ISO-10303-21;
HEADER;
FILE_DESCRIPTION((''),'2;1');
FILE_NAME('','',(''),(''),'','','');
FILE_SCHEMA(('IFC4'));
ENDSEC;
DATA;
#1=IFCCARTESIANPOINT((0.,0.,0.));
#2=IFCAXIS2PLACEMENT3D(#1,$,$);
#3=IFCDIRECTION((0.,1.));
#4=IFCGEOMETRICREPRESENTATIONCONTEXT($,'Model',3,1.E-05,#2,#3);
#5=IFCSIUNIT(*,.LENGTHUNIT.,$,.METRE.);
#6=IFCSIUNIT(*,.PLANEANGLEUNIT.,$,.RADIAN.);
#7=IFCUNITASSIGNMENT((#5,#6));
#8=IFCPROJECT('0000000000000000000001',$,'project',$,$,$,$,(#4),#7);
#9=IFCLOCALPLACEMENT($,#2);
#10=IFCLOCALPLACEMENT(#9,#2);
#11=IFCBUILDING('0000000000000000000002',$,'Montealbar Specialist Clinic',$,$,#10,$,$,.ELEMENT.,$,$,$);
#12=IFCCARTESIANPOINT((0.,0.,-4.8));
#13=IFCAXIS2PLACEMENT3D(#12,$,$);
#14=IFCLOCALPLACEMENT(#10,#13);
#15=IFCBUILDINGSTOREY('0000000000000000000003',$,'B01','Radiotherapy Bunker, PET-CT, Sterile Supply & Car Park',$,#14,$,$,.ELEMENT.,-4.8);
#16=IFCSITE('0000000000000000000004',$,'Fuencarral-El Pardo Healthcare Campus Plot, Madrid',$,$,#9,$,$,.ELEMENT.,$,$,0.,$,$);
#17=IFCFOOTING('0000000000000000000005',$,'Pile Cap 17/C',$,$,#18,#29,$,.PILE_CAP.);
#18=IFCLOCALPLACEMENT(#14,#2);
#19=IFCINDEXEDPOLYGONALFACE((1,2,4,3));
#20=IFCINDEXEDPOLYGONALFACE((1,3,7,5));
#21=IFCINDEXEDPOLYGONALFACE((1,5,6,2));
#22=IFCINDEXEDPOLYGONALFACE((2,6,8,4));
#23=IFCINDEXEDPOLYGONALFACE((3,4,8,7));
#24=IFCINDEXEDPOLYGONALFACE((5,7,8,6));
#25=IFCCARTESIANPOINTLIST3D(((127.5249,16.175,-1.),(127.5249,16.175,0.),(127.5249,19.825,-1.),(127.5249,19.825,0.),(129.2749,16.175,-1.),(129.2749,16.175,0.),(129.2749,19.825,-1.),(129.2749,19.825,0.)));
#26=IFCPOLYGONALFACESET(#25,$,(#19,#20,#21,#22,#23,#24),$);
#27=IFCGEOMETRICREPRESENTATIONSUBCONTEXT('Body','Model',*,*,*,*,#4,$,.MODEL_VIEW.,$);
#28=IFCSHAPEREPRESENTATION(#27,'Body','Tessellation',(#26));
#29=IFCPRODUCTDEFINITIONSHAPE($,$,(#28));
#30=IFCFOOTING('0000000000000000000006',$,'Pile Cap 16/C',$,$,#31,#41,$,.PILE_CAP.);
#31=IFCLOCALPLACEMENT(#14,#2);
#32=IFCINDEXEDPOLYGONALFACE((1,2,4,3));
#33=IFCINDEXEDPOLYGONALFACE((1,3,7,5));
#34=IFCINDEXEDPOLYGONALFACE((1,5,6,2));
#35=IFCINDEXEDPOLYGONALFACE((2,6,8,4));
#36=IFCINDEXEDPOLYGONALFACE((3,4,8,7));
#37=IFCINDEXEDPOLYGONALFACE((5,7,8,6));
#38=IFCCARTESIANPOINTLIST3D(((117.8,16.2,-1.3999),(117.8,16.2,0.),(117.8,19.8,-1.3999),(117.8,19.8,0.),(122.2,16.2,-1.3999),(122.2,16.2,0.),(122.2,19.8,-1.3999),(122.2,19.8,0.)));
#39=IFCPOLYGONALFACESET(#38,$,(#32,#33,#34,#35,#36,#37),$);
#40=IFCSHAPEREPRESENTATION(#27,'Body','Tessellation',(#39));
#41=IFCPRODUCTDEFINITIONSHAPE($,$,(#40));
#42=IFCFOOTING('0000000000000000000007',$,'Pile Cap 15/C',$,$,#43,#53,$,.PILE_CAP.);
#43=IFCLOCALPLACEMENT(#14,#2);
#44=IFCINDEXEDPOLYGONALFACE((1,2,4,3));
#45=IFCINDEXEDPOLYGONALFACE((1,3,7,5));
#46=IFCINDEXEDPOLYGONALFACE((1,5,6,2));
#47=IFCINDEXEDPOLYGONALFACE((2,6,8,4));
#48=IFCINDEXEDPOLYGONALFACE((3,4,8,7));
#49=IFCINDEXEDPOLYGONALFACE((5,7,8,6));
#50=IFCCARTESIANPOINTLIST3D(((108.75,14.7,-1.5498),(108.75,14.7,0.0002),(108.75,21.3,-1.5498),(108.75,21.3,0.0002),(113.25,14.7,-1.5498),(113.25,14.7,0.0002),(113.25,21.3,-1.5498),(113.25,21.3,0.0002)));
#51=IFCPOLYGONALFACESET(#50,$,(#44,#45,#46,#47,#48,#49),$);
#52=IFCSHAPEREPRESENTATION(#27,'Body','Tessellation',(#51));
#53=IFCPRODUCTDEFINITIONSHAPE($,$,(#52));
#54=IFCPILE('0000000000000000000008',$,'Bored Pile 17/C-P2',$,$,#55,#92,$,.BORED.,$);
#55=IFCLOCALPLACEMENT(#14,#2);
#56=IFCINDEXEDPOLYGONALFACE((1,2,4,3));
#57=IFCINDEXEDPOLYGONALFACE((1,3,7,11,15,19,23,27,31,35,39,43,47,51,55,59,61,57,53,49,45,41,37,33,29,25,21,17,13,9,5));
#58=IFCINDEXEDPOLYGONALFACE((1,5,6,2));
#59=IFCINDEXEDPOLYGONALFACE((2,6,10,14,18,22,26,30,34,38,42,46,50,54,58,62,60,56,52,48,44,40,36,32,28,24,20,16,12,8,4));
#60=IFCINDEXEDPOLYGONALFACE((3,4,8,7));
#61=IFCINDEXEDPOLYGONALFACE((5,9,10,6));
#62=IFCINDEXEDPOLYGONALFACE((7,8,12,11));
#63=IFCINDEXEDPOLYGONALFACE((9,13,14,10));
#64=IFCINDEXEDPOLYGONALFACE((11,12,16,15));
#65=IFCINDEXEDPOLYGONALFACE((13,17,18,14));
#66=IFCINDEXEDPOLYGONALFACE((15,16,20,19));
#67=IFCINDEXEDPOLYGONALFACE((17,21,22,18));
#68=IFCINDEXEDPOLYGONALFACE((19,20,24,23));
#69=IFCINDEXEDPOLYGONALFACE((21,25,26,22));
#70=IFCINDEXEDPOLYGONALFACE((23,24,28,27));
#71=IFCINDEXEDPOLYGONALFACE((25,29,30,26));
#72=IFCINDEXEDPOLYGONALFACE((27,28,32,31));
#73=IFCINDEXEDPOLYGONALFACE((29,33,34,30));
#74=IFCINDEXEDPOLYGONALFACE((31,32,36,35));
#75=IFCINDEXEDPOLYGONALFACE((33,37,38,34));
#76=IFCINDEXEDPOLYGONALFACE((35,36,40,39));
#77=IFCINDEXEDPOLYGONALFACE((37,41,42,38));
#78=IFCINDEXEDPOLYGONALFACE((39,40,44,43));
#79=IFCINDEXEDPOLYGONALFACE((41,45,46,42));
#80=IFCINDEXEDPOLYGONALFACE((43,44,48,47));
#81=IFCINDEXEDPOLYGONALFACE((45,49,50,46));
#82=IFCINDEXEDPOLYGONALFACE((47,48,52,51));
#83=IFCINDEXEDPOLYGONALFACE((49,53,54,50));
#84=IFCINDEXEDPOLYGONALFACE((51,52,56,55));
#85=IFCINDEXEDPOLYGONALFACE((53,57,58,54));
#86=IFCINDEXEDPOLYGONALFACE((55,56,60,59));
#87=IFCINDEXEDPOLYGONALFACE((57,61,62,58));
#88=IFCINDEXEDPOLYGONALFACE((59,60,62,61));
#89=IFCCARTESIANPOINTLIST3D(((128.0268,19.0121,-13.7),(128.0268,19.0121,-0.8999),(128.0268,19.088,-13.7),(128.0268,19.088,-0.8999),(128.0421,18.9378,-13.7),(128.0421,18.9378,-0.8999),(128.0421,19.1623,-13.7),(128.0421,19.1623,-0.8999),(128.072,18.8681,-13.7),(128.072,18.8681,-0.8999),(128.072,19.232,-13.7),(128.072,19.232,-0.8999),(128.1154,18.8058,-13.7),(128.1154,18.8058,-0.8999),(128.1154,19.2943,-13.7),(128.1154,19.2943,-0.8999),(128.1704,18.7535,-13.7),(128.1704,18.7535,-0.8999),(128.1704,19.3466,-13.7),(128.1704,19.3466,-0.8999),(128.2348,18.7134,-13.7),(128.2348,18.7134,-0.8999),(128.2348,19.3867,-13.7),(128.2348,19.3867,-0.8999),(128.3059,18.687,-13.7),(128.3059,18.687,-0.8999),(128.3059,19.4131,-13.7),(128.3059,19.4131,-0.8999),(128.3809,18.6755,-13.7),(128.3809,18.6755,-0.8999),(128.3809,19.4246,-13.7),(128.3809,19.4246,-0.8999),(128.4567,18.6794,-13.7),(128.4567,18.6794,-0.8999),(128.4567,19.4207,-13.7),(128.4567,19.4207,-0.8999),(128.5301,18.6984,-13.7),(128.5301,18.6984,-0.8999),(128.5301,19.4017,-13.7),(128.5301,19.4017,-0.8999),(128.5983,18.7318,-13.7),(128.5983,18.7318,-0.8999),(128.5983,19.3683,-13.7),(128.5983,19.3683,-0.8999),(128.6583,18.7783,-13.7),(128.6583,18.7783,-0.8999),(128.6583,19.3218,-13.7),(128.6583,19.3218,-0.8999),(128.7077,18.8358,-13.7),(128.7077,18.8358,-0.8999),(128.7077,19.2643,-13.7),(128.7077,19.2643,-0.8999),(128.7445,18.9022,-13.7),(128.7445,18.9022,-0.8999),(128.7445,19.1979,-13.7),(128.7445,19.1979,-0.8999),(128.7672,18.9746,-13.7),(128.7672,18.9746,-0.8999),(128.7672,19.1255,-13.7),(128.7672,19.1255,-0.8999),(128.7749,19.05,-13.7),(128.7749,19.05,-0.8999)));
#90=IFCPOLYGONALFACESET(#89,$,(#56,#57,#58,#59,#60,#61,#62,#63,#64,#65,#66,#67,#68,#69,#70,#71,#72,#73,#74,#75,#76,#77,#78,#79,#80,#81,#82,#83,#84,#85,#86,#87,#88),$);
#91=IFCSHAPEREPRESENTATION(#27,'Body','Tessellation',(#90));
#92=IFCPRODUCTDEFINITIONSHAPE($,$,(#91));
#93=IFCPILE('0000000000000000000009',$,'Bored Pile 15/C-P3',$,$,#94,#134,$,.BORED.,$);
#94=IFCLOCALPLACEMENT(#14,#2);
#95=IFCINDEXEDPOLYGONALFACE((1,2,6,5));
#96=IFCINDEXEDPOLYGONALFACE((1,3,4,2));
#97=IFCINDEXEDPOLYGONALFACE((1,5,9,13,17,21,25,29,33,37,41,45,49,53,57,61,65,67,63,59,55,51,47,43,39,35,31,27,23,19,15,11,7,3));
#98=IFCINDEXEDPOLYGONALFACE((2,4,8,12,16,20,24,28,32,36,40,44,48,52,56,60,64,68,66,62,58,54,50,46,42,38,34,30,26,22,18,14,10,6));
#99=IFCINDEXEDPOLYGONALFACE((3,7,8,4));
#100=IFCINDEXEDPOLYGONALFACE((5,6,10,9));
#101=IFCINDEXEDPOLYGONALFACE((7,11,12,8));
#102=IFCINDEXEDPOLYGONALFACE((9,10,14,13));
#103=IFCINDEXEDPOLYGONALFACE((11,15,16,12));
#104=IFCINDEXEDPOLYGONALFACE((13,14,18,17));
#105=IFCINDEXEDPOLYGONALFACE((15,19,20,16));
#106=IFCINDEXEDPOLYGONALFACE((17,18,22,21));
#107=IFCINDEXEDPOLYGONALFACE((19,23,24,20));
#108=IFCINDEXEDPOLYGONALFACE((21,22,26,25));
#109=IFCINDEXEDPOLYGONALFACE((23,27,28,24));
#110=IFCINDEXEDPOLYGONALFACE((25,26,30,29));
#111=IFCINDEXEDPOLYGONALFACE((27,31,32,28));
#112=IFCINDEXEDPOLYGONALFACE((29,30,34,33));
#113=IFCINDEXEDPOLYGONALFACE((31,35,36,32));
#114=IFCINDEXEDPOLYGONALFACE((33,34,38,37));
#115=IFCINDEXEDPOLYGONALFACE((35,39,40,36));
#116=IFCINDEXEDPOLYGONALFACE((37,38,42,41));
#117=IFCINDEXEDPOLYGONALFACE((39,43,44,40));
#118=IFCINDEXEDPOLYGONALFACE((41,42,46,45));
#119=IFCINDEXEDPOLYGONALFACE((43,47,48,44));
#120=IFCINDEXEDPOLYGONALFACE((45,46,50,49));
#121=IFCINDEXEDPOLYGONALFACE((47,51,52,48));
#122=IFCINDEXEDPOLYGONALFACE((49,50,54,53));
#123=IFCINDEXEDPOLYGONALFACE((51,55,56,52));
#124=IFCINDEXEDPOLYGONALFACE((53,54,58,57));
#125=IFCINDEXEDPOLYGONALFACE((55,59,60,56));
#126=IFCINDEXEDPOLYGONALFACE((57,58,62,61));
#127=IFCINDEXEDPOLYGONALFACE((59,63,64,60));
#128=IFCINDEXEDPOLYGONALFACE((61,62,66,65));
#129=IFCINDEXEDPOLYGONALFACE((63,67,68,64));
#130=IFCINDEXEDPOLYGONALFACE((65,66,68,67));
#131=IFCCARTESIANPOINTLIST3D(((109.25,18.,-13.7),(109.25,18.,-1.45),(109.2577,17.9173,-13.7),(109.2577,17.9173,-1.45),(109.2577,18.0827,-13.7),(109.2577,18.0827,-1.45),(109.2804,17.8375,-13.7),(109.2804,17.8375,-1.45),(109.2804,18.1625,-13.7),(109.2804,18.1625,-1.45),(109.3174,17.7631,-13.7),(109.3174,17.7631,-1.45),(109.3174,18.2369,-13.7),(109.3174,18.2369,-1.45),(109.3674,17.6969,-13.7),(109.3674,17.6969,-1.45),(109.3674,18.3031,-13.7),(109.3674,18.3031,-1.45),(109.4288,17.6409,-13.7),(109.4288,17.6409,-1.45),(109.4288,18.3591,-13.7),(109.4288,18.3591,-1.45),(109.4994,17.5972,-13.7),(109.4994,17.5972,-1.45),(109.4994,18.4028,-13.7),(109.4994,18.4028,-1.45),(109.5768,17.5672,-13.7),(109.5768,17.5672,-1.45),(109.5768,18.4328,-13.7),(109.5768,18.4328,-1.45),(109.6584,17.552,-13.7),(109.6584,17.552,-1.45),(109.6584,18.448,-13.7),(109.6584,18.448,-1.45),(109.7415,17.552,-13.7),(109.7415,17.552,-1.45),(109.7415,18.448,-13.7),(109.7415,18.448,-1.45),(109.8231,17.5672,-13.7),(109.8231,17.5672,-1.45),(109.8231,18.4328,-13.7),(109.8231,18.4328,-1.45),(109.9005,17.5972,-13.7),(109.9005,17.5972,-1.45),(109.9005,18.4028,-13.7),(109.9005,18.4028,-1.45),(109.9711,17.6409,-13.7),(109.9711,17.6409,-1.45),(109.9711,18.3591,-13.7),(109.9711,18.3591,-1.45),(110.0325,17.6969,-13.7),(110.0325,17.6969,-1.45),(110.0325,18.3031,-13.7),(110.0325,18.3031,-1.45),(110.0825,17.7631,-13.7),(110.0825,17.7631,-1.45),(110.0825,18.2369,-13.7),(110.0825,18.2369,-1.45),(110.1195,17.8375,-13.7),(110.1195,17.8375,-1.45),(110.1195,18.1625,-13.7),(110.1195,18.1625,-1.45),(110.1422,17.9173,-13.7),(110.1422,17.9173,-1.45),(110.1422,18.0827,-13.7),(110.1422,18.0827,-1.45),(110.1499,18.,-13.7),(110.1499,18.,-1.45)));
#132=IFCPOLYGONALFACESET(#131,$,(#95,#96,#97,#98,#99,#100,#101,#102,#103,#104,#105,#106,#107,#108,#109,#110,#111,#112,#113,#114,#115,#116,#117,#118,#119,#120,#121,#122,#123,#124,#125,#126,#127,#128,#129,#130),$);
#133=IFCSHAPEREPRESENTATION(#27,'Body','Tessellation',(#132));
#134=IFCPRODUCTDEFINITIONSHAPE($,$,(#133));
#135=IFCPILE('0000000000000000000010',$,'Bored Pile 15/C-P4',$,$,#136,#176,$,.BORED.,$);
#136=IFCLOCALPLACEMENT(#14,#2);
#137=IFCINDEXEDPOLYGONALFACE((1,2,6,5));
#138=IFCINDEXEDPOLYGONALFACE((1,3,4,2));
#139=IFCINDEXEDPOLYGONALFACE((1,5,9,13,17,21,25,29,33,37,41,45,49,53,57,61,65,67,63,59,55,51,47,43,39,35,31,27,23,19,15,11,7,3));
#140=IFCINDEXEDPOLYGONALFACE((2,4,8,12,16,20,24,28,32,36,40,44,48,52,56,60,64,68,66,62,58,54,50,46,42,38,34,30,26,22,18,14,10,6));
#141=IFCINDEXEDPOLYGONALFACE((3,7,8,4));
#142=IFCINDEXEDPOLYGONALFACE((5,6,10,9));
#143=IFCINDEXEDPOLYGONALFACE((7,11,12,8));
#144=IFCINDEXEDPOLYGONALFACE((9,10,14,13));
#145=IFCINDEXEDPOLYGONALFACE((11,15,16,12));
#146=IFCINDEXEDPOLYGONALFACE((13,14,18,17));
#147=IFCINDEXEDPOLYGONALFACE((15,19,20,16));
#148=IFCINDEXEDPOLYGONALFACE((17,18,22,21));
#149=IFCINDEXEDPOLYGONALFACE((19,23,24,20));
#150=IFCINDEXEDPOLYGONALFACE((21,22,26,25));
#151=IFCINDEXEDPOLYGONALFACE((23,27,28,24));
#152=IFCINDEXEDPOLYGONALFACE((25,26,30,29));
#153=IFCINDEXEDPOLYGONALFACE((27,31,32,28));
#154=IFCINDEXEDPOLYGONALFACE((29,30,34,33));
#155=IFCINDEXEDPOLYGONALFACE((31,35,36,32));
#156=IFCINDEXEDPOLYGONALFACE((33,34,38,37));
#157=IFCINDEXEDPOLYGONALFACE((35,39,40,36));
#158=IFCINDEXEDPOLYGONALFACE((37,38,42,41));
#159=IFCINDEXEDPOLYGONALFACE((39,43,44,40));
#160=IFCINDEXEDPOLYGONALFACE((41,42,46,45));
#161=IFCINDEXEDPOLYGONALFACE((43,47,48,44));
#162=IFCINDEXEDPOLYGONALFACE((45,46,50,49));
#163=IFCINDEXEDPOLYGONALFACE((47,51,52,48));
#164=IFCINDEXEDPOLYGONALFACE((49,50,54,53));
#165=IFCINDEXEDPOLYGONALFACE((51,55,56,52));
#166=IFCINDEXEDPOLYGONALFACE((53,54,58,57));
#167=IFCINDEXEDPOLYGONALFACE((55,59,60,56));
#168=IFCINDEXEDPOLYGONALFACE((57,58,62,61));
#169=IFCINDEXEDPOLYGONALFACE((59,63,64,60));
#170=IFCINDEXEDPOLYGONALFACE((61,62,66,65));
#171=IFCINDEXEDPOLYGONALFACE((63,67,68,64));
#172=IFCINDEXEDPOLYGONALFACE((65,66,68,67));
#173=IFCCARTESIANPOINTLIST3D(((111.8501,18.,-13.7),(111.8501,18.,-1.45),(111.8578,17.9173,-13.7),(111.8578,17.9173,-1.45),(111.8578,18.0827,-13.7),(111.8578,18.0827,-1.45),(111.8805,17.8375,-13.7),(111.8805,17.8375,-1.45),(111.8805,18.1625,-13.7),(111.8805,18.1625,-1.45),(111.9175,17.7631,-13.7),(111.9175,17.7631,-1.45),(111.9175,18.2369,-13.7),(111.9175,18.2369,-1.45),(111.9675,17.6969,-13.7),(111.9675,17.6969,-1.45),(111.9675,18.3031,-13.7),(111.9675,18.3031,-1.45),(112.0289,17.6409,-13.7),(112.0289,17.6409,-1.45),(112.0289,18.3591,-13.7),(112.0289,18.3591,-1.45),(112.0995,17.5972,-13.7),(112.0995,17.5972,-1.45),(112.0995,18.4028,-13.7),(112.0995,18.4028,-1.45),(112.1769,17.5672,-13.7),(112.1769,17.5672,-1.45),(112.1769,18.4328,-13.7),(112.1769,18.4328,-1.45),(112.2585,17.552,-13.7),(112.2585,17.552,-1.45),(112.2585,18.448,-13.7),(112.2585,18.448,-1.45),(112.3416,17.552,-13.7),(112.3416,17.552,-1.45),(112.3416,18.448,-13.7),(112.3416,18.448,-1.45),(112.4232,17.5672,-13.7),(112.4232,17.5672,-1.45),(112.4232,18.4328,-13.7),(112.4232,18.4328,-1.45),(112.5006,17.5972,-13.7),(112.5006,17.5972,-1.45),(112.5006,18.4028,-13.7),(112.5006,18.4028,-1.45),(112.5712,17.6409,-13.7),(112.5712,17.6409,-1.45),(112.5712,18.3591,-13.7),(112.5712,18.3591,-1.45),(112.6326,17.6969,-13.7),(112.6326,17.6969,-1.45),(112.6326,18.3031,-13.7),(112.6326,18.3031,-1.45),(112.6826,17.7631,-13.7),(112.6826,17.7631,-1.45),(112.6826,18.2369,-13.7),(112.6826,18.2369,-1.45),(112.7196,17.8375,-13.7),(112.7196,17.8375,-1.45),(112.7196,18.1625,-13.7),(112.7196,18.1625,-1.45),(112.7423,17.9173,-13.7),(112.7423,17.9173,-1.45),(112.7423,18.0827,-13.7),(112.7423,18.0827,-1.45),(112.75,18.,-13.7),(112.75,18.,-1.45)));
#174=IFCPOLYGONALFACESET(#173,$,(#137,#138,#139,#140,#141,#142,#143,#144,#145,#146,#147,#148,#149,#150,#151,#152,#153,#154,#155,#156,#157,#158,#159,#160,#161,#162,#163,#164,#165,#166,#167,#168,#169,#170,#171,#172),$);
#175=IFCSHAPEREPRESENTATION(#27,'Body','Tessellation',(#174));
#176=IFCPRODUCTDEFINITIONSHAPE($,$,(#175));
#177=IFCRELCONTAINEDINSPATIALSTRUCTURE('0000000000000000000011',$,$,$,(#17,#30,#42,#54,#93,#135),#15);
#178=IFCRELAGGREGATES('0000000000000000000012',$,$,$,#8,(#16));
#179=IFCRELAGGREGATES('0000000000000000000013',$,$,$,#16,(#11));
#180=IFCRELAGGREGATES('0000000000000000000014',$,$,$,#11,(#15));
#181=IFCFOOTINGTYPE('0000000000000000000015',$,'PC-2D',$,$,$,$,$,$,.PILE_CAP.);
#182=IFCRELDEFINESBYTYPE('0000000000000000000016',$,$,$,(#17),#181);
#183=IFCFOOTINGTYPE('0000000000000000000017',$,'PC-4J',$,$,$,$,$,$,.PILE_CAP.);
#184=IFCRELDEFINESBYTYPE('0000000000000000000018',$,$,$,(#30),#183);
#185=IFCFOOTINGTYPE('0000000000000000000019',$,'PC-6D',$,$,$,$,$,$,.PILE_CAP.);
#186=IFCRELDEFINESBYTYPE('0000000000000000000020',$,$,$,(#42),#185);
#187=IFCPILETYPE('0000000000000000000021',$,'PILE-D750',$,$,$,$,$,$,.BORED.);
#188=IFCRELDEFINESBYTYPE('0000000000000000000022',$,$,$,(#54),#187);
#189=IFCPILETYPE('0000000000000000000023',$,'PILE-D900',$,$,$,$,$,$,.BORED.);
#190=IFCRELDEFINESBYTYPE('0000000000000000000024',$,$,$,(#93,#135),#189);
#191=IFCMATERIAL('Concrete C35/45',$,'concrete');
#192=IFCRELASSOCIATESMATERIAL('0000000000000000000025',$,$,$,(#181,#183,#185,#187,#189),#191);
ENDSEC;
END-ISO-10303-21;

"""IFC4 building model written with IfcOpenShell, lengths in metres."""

from ifc_helpers import new_model, si_unit, direction, frame, origin, origin_2d, place, context, subcontext, project, spatial, rectangle, circle, extrude, material, material_profile, profile_set, type_object, element, save


model = new_model("IFC4")

# Units and contexts
model_context = context("Model", 3, precision=1e-05, world=origin(), true_north=direction((0.0, 1.0)))
body_context = subcontext(model_context, "Body", "Model", "MODEL_VIEW")
ifc_project = project(units=[si_unit("LENGTHUNIT", "METRE"), si_unit("PLANEANGLEUNIT", "RADIAN")], contexts=[model_context])

# Site, building, storey
site_placement = place(None, origin())
site = spatial("IfcSite", under=ifc_project, at=site_placement, Name="Fuencarral-El Pardo Healthcare Campus Plot, Madrid", CompositionType="ELEMENT", RefElevation=0.0)
building_placement = place(site_placement, origin())
building = spatial("IfcBuilding", under=site, at=building_placement, Name="Montealbar Specialist Clinic", CompositionType="ELEMENT")
storey_placement = place(building_placement, frame((0.0, 0.0, -4.8)))
storey = spatial("IfcBuildingStorey", under=building, at=storey_placement, Name="B01", Description="Radiotherapy Bunker, PET-CT, Sterile Supply & Car Park", CompositionType="ELEMENT", Elevation=-4.8)

# Footings
ifc_material_1 = material(Name="Concrete C35/45", Category="concrete")
footing_type_1 = type_object("IfcFootingType", Name="PC-2D", PredefinedType="PILE_CAP", material=ifc_material_1)
footing_1_placement = place(storey_placement, frame((128.3999, 18.0, -1.0), z_axis=(0.0, 0.0, 1.0), x_axis=(1.0, 0.0, 0.0)))
element("IfcFooting", 1, at=footing_1_placement, inside=storey, type_object=footing_type_1, Name="Pile Cap 17/C", PredefinedType="PILE_CAP", context=body_context, shape_type="SweptSolid", body=[
    extrude(rectangle(XDim=1.75, YDim=3.6499, at=origin_2d()), origin(), (0.0, 0.0, 1.0), 1.0),
])
footing_type_2 = type_object("IfcFootingType", Name="PC-4J", PredefinedType="PILE_CAP", material=ifc_material_1)
footing_2_placement = place(storey_placement, frame((120.0, 18.0, -1.3999), z_axis=(0.0, 0.0, 1.0), x_axis=(1.0, 0.0, 0.0)))
element("IfcFooting", 2, at=footing_2_placement, inside=storey, type_object=footing_type_2, Name="Pile Cap 16/C", PredefinedType="PILE_CAP", context=body_context, shape_type="SweptSolid", body=[
    extrude(rectangle(XDim=4.3999, YDim=3.6001, at=origin_2d()), origin(), (0.0, 0.0, 1.0), 1.3999),
])
footing_type_3 = type_object("IfcFootingType", Name="PC-6D", PredefinedType="PILE_CAP", material=ifc_material_1)
footing_3_placement = place(storey_placement, frame((111.0, 18.0, -1.5498), z_axis=(0.0, 0.0, 1.0), x_axis=(1.0, 0.0, 0.0)))
element("IfcFooting", 3, at=footing_3_placement, inside=storey, type_object=footing_type_3, Name="Pile Cap 15/C", PredefinedType="PILE_CAP", context=body_context, shape_type="SweptSolid", body=[
    extrude(rectangle(XDim=4.5, YDim=6.6001, at=origin_2d()), origin(), (0.0, 0.0, 1.0), 1.55),
])

# Piles
ifc_material_profile_1 = material_profile(ifc_material_1, circle(Radius=0.375, at=origin_2d()), Name="PILE D750", Category="concrete")
ifc_profile_set_1 = profile_set([ifc_material_profile_1], Name="Concrete C35/45")
pile_type_1 = type_object("IfcPileType", Name="PILE-D750", PredefinedType="BORED", material=ifc_profile_set_1)
pile_1_placement = place(storey_placement, frame((128.3999, 19.05, -0.8999), z_axis=(0.0, 0.0, -1.0), x_axis=(1.0, 0.0, 0.0)))
element("IfcPile", 4, at=pile_1_placement, inside=storey, type_object=pile_type_1, Name="Bored Pile 17/C-P2", PredefinedType="BORED", context=body_context, shape_type="SweptSolid", body=[
    extrude(circle(Radius=0.375, at=origin_2d()), origin(), (0.0, 0.0, 1.0), 12.8),
])
ifc_material_profile_2 = material_profile(ifc_material_1, circle(Radius=0.45, at=origin_2d()), Name="PILE D900", Category="concrete")
ifc_profile_set_2 = profile_set([ifc_material_profile_2], Name="Concrete C35/45")
pile_type_2 = type_object("IfcPileType", Name="PILE-D900", PredefinedType="BORED", material=ifc_profile_set_2)
for number, where, z_axis, x_axis, name in (
    (5, (109.7, 18.0, -1.45), (0.0, 0.0, -1.0), (1.0, 0.0, 0.0), "Bored Pile 15/C-P3"),
    (6, (112.3, 18.0, -1.45), (0.0, 0.0, -1.0), (1.0, 0.0, 0.0), "Bored Pile 15/C-P4"),
):
    element("IfcPile", number, at=place(storey_placement, frame(where, z_axis=z_axis, x_axis=x_axis)), inside=storey, type_object=pile_type_2, Name=name, PredefinedType="BORED", context=body_context, shape_type="SweptSolid", body=[
        extrude(circle(Radius=0.45, at=origin_2d()), origin(), (0.0, 0.0, 1.0), 12.25),
    ])

save(model, "model.ifc")
